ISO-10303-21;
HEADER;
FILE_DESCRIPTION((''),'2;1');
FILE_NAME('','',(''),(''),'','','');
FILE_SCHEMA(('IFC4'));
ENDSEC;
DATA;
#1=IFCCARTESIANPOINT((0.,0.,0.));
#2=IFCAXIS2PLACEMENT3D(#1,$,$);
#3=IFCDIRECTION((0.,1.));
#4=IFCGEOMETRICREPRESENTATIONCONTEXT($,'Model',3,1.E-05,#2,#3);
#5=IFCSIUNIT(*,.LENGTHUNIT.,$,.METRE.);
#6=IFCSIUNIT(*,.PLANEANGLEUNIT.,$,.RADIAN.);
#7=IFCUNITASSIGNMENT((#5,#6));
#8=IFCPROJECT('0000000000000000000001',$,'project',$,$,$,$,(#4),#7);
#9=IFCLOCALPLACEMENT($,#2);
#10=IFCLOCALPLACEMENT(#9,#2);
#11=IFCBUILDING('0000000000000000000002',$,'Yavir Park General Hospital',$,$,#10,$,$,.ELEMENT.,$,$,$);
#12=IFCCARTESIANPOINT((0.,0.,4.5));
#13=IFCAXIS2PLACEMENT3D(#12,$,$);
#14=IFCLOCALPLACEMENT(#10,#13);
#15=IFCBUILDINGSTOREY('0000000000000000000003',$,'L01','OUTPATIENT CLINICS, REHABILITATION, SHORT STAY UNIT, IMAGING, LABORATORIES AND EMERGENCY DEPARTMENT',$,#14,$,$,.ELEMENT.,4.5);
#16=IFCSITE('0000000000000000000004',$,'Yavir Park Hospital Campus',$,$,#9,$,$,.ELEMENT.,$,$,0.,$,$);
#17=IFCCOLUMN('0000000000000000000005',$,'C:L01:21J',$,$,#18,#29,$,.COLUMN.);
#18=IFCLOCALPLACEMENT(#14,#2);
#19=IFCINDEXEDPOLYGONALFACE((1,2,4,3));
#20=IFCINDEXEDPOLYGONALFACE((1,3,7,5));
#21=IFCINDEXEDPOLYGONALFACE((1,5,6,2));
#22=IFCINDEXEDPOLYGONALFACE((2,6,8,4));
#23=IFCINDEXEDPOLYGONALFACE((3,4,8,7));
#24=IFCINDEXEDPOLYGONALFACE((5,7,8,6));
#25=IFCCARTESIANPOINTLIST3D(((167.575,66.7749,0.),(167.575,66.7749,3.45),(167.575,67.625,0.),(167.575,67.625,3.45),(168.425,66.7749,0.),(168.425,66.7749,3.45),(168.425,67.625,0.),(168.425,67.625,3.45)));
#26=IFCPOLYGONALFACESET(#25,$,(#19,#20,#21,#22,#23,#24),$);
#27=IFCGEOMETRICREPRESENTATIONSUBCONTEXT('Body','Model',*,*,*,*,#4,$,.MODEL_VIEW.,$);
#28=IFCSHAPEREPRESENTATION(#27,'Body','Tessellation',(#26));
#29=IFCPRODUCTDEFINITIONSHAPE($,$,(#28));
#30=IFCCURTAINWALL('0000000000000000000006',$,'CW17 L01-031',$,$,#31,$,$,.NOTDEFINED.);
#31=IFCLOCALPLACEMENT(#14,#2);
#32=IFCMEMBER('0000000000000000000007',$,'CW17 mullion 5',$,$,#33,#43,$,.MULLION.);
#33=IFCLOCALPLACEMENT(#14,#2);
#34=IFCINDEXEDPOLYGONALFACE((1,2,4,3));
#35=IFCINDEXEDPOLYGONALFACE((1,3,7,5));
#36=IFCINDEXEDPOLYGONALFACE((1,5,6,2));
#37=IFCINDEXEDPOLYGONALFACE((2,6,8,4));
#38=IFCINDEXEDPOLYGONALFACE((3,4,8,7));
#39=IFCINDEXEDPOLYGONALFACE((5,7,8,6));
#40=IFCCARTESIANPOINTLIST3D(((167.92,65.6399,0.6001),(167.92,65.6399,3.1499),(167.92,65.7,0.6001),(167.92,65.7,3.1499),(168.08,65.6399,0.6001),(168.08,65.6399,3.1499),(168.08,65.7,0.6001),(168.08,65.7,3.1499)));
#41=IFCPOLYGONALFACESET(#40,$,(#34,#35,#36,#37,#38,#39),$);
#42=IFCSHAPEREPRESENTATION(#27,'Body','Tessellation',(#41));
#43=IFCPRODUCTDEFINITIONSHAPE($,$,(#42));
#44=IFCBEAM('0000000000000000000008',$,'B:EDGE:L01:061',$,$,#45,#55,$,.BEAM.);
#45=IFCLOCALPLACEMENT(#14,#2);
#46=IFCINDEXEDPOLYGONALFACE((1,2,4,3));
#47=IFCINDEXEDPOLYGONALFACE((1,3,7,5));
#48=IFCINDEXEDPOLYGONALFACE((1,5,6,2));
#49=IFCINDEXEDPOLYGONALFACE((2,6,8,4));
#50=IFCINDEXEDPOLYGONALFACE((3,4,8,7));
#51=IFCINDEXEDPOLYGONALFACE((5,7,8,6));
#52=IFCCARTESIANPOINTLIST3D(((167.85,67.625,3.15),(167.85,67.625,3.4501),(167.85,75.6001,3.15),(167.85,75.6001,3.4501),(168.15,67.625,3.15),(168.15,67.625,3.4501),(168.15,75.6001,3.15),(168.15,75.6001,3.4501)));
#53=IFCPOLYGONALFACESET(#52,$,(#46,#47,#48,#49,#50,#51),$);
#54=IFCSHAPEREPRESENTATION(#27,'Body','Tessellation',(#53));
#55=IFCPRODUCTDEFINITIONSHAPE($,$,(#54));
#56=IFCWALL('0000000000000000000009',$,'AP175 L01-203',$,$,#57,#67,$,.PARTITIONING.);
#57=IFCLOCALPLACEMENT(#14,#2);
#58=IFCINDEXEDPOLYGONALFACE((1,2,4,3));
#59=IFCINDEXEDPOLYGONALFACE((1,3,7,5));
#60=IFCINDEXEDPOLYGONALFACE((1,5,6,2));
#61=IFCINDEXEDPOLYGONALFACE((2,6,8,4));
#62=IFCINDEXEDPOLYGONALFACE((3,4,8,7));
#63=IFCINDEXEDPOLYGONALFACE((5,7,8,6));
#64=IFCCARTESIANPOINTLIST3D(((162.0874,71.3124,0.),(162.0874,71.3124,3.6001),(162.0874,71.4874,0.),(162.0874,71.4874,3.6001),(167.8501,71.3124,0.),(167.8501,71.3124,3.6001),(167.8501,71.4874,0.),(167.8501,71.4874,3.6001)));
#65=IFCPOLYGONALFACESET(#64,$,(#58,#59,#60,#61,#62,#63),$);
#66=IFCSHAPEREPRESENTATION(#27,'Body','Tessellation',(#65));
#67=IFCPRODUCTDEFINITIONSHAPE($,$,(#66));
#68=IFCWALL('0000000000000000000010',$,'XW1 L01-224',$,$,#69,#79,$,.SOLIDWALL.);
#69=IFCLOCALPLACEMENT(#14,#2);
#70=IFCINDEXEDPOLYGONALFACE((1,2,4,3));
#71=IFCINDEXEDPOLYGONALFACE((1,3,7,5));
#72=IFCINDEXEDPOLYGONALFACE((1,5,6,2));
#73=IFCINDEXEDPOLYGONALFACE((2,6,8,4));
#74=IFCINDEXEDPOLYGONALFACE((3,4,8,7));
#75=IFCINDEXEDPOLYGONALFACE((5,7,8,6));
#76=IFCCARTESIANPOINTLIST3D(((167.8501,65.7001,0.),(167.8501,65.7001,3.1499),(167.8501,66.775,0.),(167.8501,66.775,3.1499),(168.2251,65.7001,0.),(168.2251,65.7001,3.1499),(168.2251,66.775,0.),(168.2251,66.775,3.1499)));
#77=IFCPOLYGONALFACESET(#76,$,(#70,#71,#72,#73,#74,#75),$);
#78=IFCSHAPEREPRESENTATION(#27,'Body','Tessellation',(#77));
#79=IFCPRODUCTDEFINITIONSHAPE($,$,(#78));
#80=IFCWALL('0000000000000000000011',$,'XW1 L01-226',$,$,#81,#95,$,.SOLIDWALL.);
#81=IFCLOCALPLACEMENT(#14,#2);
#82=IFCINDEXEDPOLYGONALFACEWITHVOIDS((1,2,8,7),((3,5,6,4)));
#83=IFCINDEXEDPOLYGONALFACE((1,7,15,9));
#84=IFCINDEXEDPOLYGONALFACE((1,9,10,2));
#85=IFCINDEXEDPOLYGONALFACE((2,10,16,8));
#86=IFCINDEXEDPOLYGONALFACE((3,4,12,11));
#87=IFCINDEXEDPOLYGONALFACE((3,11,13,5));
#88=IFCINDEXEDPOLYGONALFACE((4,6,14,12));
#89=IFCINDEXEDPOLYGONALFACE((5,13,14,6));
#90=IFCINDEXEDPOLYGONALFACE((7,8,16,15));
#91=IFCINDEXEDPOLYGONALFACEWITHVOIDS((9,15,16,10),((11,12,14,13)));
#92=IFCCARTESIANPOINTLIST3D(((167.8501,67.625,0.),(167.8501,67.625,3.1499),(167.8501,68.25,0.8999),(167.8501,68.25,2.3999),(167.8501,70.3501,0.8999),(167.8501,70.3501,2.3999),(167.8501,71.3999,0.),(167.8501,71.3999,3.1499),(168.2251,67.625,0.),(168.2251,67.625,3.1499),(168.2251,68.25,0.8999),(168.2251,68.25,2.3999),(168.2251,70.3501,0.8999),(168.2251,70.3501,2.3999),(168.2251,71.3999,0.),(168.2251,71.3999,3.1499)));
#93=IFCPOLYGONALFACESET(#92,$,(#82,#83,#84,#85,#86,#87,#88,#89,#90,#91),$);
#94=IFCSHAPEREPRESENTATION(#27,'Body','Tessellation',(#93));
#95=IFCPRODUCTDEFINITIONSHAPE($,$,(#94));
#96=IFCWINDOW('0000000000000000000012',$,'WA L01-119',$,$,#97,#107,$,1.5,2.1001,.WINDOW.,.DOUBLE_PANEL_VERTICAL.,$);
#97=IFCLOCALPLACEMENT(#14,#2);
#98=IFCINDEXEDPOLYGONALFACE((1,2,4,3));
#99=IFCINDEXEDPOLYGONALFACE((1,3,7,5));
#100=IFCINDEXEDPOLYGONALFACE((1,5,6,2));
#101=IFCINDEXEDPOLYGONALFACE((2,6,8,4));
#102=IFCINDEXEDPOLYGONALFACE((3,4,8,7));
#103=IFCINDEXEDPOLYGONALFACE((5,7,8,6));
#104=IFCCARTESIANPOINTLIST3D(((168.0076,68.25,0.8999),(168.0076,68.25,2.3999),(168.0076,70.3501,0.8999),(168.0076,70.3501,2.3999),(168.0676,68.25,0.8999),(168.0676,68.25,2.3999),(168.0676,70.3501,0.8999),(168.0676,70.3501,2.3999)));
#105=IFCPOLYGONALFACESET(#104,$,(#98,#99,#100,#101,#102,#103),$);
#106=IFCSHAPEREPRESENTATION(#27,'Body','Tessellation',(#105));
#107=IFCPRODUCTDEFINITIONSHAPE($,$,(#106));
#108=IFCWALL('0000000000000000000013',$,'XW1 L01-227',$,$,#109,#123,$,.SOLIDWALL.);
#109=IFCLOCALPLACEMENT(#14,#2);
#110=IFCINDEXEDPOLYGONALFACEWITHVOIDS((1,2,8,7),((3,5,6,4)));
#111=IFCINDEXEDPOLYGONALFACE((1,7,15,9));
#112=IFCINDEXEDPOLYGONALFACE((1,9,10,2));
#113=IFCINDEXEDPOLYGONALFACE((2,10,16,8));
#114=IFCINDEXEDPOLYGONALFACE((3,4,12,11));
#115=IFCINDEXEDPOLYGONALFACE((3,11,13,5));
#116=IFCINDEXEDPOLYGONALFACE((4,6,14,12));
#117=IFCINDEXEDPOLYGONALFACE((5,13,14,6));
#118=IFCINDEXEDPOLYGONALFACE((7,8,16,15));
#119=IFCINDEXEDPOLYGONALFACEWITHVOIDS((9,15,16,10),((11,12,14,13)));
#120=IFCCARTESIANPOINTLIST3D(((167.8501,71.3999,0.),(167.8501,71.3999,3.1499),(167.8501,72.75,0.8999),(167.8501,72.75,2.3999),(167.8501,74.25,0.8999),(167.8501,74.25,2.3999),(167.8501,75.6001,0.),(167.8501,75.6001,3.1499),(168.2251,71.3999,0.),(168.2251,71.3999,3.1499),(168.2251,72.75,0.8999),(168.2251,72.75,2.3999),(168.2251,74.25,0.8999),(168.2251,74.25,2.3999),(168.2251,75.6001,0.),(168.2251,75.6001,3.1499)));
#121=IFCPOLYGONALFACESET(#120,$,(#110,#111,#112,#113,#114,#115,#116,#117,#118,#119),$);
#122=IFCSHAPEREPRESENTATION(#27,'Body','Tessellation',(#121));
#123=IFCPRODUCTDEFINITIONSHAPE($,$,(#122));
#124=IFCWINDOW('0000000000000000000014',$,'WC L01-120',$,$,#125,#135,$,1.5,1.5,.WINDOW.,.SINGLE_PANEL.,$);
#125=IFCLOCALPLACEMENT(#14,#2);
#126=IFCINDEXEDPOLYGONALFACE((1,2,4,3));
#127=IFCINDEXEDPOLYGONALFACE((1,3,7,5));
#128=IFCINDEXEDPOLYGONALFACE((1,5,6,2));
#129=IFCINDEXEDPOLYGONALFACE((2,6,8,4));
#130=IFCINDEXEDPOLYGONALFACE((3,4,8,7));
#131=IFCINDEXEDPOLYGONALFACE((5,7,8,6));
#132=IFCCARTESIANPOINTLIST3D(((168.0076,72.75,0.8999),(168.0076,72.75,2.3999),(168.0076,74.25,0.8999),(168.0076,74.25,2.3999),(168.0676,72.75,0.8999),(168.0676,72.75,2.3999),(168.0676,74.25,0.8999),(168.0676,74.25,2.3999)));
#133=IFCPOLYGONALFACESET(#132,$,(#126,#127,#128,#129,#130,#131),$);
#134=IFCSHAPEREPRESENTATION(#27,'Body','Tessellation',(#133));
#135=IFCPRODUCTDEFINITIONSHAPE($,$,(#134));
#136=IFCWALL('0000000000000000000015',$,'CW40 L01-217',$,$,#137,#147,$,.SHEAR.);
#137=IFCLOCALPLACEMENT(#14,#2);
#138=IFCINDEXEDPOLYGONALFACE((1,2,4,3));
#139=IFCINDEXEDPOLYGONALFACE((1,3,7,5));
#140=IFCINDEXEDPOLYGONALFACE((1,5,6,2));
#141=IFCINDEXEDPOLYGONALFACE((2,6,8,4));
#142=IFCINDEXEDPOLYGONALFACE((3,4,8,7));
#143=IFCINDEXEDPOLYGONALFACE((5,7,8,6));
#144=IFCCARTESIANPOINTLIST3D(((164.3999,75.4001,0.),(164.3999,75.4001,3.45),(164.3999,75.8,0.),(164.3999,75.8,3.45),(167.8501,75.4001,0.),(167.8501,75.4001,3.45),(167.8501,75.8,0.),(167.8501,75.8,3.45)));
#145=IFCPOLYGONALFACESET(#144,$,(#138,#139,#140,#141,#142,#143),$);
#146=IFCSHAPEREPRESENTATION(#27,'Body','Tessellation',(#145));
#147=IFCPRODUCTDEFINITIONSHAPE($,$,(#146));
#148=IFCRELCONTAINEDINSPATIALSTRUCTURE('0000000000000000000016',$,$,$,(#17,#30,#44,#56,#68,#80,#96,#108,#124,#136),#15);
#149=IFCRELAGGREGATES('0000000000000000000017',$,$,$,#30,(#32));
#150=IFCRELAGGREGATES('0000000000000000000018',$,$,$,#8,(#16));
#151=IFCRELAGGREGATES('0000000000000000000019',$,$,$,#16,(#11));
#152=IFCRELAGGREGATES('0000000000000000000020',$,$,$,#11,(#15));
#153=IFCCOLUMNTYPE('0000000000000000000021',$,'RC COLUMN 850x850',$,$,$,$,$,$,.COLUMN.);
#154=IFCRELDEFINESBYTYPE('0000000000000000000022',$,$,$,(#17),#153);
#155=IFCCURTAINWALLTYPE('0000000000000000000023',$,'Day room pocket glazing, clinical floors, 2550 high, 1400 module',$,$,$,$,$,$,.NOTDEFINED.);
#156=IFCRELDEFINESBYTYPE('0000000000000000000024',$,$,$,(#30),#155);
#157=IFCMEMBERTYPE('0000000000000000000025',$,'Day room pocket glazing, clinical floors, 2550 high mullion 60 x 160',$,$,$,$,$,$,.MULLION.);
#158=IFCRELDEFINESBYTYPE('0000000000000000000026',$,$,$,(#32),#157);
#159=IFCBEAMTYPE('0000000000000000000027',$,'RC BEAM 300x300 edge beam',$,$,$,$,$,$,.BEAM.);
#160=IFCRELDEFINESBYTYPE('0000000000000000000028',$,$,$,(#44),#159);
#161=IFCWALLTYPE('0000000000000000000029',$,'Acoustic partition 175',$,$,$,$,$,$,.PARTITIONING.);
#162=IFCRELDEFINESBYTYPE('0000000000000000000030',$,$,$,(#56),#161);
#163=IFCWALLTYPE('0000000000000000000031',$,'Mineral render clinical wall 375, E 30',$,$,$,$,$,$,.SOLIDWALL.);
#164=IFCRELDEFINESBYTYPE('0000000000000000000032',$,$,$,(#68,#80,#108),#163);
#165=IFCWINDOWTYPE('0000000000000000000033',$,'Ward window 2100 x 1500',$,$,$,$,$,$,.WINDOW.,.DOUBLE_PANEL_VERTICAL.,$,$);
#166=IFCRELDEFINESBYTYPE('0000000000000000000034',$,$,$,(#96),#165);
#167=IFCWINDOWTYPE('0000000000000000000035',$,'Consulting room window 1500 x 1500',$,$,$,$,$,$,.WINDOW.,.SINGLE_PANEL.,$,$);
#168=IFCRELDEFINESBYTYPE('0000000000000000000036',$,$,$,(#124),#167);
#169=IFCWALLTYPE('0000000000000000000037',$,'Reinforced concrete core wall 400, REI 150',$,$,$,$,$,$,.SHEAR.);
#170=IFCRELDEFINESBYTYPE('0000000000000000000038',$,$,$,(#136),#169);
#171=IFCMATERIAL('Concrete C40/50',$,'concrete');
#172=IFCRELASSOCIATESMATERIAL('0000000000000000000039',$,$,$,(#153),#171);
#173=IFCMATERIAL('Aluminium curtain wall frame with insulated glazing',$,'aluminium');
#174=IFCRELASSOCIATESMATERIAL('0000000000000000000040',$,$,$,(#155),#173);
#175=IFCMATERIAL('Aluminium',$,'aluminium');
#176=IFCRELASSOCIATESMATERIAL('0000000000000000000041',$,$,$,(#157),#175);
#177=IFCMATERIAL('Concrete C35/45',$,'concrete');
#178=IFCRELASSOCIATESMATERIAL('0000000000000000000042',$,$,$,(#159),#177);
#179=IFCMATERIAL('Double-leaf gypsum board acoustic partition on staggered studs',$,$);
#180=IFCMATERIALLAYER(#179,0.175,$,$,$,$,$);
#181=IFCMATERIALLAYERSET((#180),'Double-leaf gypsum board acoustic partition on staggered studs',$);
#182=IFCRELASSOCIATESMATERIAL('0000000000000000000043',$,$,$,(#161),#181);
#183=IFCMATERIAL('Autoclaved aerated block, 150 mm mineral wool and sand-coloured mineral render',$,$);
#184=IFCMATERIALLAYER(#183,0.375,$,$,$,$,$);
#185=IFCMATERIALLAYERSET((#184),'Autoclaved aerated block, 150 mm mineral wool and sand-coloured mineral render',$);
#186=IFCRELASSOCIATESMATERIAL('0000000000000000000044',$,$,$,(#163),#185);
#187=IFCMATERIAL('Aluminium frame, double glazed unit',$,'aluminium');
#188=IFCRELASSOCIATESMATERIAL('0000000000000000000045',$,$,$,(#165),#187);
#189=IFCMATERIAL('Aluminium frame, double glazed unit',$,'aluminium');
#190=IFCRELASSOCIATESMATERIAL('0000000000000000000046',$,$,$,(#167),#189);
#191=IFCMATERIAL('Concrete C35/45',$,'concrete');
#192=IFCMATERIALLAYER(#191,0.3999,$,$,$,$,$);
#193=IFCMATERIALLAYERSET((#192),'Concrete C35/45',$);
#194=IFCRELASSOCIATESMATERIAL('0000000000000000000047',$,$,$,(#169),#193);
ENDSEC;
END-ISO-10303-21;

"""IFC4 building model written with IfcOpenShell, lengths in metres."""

from ifc_helpers import new_model, si_unit, direction, frame, frame_2d, origin, origin_2d, place, context, subcontext, project, spatial, rectangle, extrude, material, layer, layer_set, material_profile, profile_set, type_object, element, fill, aggregate, save


model = new_model("IFC4")

# Units and contexts
model_context = context("Model", 3, precision=1e-05, world=origin(), true_north=direction((0.0, 1.0)))
body_context = subcontext(model_context, "Body", "Model", "MODEL_VIEW")
ifc_project = project(units=[si_unit("LENGTHUNIT", "METRE"), si_unit("PLANEANGLEUNIT", "RADIAN")], contexts=[model_context])

# Site, building, storey
site_placement = place(None, origin())
site = spatial("IfcSite", under=ifc_project, at=site_placement, Name="Yavir Park Hospital Campus", CompositionType="ELEMENT", RefElevation=0.0)
building_placement = place(site_placement, origin())
building = spatial("IfcBuilding", under=site, at=building_placement, Name="Yavir Park General Hospital", CompositionType="ELEMENT")
storey_placement = place(building_placement, frame((0.0, 0.0, 4.5)))
storey = spatial("IfcBuildingStorey", under=building, at=storey_placement, Name="L01", Description="OUTPATIENT CLINICS, REHABILITATION, SHORT STAY UNIT, IMAGING, LABORATORIES AND EMERGENCY DEPARTMENT", CompositionType="ELEMENT", Elevation=4.5)

# Column
ifc_material_1 = material(Name="Concrete C40/50", Category="concrete")
ifc_material_profile_1 = material_profile(ifc_material_1, rectangle(XDim=0.8501, YDim=0.8501, at=origin_2d()), Name="RC850x850")
ifc_profile_set_1 = profile_set([ifc_material_profile_1], Name="Concrete C40/50")
column_type = type_object("IfcColumnType", Name="RC COLUMN 850x850", PredefinedType="COLUMN", material=ifc_profile_set_1)
column_placement = place(storey_placement, frame((168.0, 67.2, 0.0), z_axis=(0.0, 0.0, 1.0), x_axis=(1.0, 0.0, 0.0)))
element("IfcColumn", 1, at=column_placement, inside=storey, type_object=column_type, Name="C:L01:21J", PredefinedType="COLUMN", context=body_context, shape_type="SweptSolid", body=[
    extrude(rectangle(XDim=0.8501, YDim=0.8501, at=origin_2d()), origin(), (0.0, 0.0, 1.0), 3.45),
])

# Curtain wall, member
ifc_material_2 = material(Name="Aluminium curtain wall frame with insulated glazing", Category="aluminium")
curtain_wall_type = type_object("IfcCurtainWallType", Name="Day room pocket glazing, clinical floors, 2550 high, 1400 module", PredefinedType="NOTDEFINED", material=ifc_material_2)
curtain_wall_placement = place(storey_placement, origin())
curtain_wall = element("IfcCurtainWall", 2, at=curtain_wall_placement, inside=storey, type_object=curtain_wall_type, Name="CW17 L01-031", PredefinedType="NOTDEFINED")
ifc_material_3 = material(Name="Aluminium", Category="aluminium")
ifc_material_profile_2 = material_profile(ifc_material_3, rectangle(XDim=0.1599, YDim=0.0601, at=origin_2d()), Name="AL 60x160")
ifc_profile_set_2 = profile_set([ifc_material_profile_2], Name="Aluminium")
member_type = type_object("IfcMemberType", Name="Day room pocket glazing, clinical floors, 2550 high mullion 60 x 160", PredefinedType="MULLION", material=ifc_profile_set_2)
member_placement = place(storey_placement, frame((168.0, 65.6699, 0.6001), z_axis=(0.0, 0.0, 1.0), x_axis=(-1.0, 0.0, 0.0)))
member = element("IfcMember", 3, at=member_placement, type_object=member_type, Name="CW17 mullion 5", PredefinedType="MULLION", context=body_context, shape_type="SweptSolid", body=[
    extrude(rectangle(XDim=0.1599, YDim=0.0601, at=origin_2d()), origin(), (0.0, 0.0, 1.0), 2.5498),
])
aggregate(curtain_wall, [member])

# Beam
ifc_material_4 = material(Name="Concrete C35/45", Category="concrete")
ifc_material_profile_3 = material_profile(ifc_material_4, rectangle(XDim=0.3, YDim=0.3, at=origin_2d()), Name="RC300x300")
ifc_profile_set_3 = profile_set([ifc_material_profile_3], Name="Concrete C35/45")
beam_type = type_object("IfcBeamType", Name="RC BEAM 300x300 edge beam", PredefinedType="BEAM", material=ifc_profile_set_3)
beam_placement = place(storey_placement, frame((168.0, 67.625, 3.3), z_axis=(0.0, 1.0, 0.0), x_axis=(-1.0, 0.0, 0.0)))
element("IfcBeam", 4, at=beam_placement, inside=storey, type_object=beam_type, Name="B:EDGE:L01:061", PredefinedType="BEAM", context=body_context, shape_type="SweptSolid", body=[
    extrude(rectangle(XDim=0.3, YDim=0.3, at=origin_2d()), origin(), (0.0, 0.0, 1.0), 7.9751),
])

# Walls
ifc_material_5 = material(Name="Double-leaf gypsum board acoustic partition on staggered studs")
ifc_layer_1 = layer(ifc_material_5, 0.175)
ifc_layer_set_1 = layer_set([ifc_layer_1], Name="Double-leaf gypsum board acoustic partition on staggered studs")
wall_type_1 = type_object("IfcWallType", Name="Acoustic partition 175", PredefinedType="PARTITIONING", material=ifc_layer_set_1)
wall_1_placement = place(storey_placement, frame((162.0874, 71.3999, 0.0), z_axis=(0.0, 0.0, 1.0), x_axis=(1.0, 0.0, 0.0)))
element("IfcWall", 5, at=wall_1_placement, inside=storey, type_object=wall_type_1, Name="AP175 L01-203", PredefinedType="PARTITIONING", context=body_context, shape_type="SweptSolid", body=[
    extrude(rectangle(XDim=5.7627, YDim=0.175, at=frame_2d((2.8813, 0.0))), origin(), (0.0, 0.0, 1.0), 3.6001),
])
ifc_material_6 = material(Name="Autoclaved aerated block, 150 mm mineral wool and sand-coloured mineral render")
ifc_layer_2 = layer(ifc_material_6, 0.375)
ifc_layer_set_2 = layer_set([ifc_layer_2], Name="Autoclaved aerated block, 150 mm mineral wool and sand-coloured mineral render")
wall_type_2 = type_object("IfcWallType", Name="Mineral render clinical wall 375, E 30", PredefinedType="SOLIDWALL", material=ifc_layer_set_2)
wall_2_placement = place(storey_placement, frame((168.0376, 65.7, 0.0), z_axis=(0.0, 0.0, 1.0), x_axis=(0.0, 1.0, 0.0)))
element("IfcWall", 6, at=wall_2_placement, inside=storey, type_object=wall_type_2, Name="XW1 L01-224", PredefinedType="SOLIDWALL", context=body_context, shape_type="SweptSolid", body=[
    extrude(rectangle(XDim=1.075, YDim=0.375, at=frame_2d((0.5376, 0.0))), origin(), (0.0, 0.0, 1.0), 3.1499),
])

# Walls, openings, windows
wall_3_placement = place(storey_placement, frame((168.0376, 67.625, 0.0), z_axis=(0.0, 0.0, 1.0), x_axis=(0.0, 1.0, 0.0)))
wall_3 = element("IfcWall", 7, at=wall_3_placement, inside=storey, type_object=wall_type_2, Name="XW1 L01-226", PredefinedType="SOLIDWALL", context=body_context, shape_type="SweptSolid", body=[
    extrude(rectangle(XDim=3.7749, YDim=0.375, at=frame_2d((1.8875, 0.0))), origin(), (0.0, 0.0, 1.0), 3.1499),
])
opening_1_placement = place(wall_3_placement, frame((0.625, 0.0, 0.8999)))
opening_1 = element("IfcOpeningElement", 8, at=opening_1_placement, cuts=wall_3, PredefinedType="OPENING", context=body_context, shape_type="SweptSolid", body=[
    extrude(rectangle(XDim=2.1001, YDim=1.5, at=frame_2d((1.05, 0.75))), frame((0.0, 0.1975, 0.0), z_axis=(0.0, -1.0, 0.0), x_axis=(1.0, 0.0, 0.0)), (0.0, 0.0, 1.0), 0.395),
])
ifc_material_7 = material(Name="Aluminium frame, double glazed unit", Category="aluminium")
window_type_1 = type_object("IfcWindowType", Name="Ward window 2100 x 1500", PartitioningType="DOUBLE_PANEL_VERTICAL", PredefinedType="WINDOW", material=ifc_material_7)
window_1_placement = place(opening_1_placement, origin())
window_1 = element("IfcWindow", 9, at=window_1_placement, inside=storey, type_object=window_type_1, Name="WA L01-119", OverallHeight=1.5, OverallWidth=2.1001, PartitioningType="DOUBLE_PANEL_VERTICAL", PredefinedType="WINDOW", context=body_context, shape_type="SweptSolid", body=[
    extrude(rectangle(XDim=2.1001, YDim=1.5, at=frame_2d((1.05, 0.75))), frame((0.0, 0.03, 0.0), z_axis=(0.0, -1.0, 0.0), x_axis=(1.0, 0.0, 0.0)), (0.0, 0.0, 1.0), 0.0601),
])
fill(opening_1, window_1)
wall_4_placement = place(storey_placement, frame((168.0376, 71.3999, 0.0), z_axis=(0.0, 0.0, 1.0), x_axis=(0.0, 1.0, 0.0)))
wall_4 = element("IfcWall", 10, at=wall_4_placement, inside=storey, type_object=wall_type_2, Name="XW1 L01-227", PredefinedType="SOLIDWALL", context=body_context, shape_type="SweptSolid", body=[
    extrude(rectangle(XDim=4.2002, YDim=0.375, at=frame_2d((2.1001, 0.0))), origin(), (0.0, 0.0, 1.0), 3.1499),
])
opening_2_placement = place(wall_4_placement, frame((1.3501, 0.0, 0.8999)))
opening_2 = element("IfcOpeningElement", 11, at=opening_2_placement, cuts=wall_4, PredefinedType="OPENING", context=body_context, shape_type="SweptSolid", body=[
    extrude(rectangle(XDim=1.5, YDim=1.5, at=frame_2d((0.75, 0.75))), frame((0.0, 0.1975, 0.0), z_axis=(0.0, -1.0, 0.0), x_axis=(1.0, 0.0, 0.0)), (0.0, 0.0, 1.0), 0.395),
])
ifc_material_8 = material(Name="Aluminium frame, double glazed unit", Category="aluminium")
window_type_2 = type_object("IfcWindowType", Name="Consulting room window 1500 x 1500", PartitioningType="SINGLE_PANEL", PredefinedType="WINDOW", material=ifc_material_8)
window_2_placement = place(opening_2_placement, origin())
window_2 = element("IfcWindow", 12, at=window_2_placement, inside=storey, type_object=window_type_2, Name="WC L01-120", OverallHeight=1.5, OverallWidth=1.5, PartitioningType="SINGLE_PANEL", PredefinedType="WINDOW", context=body_context, shape_type="SweptSolid", body=[
    extrude(rectangle(XDim=1.5, YDim=1.5, at=frame_2d((0.75, 0.75))), frame((0.0, 0.03, 0.0), z_axis=(0.0, -1.0, 0.0), x_axis=(1.0, 0.0, 0.0)), (0.0, 0.0, 1.0), 0.0601),
])
fill(opening_2, window_2)

# Wall
ifc_material_9 = material(Name="Concrete C35/45", Category="concrete")
ifc_layer_3 = layer(ifc_material_9, 0.3999)
ifc_layer_set_3 = layer_set([ifc_layer_3], Name="Concrete C35/45")
wall_type_3 = type_object("IfcWallType", Name="Reinforced concrete core wall 400, REI 150", PredefinedType="SHEAR", material=ifc_layer_set_3)
wall_5_placement = place(storey_placement, frame((164.3999, 75.6001, 0.0), z_axis=(0.0, 0.0, 1.0), x_axis=(1.0, 0.0, 0.0)))
element("IfcWall", 13, at=wall_5_placement, inside=storey, type_object=wall_type_3, Name="CW40 L01-217", PredefinedType="SHEAR", context=body_context, shape_type="SweptSolid", body=[
    extrude(rectangle(XDim=3.4502, YDim=0.3999, at=frame_2d((1.7251, 0.0))), origin(), (0.0, 0.0, 1.0), 3.45),
])

save(model, "model.ifc")
